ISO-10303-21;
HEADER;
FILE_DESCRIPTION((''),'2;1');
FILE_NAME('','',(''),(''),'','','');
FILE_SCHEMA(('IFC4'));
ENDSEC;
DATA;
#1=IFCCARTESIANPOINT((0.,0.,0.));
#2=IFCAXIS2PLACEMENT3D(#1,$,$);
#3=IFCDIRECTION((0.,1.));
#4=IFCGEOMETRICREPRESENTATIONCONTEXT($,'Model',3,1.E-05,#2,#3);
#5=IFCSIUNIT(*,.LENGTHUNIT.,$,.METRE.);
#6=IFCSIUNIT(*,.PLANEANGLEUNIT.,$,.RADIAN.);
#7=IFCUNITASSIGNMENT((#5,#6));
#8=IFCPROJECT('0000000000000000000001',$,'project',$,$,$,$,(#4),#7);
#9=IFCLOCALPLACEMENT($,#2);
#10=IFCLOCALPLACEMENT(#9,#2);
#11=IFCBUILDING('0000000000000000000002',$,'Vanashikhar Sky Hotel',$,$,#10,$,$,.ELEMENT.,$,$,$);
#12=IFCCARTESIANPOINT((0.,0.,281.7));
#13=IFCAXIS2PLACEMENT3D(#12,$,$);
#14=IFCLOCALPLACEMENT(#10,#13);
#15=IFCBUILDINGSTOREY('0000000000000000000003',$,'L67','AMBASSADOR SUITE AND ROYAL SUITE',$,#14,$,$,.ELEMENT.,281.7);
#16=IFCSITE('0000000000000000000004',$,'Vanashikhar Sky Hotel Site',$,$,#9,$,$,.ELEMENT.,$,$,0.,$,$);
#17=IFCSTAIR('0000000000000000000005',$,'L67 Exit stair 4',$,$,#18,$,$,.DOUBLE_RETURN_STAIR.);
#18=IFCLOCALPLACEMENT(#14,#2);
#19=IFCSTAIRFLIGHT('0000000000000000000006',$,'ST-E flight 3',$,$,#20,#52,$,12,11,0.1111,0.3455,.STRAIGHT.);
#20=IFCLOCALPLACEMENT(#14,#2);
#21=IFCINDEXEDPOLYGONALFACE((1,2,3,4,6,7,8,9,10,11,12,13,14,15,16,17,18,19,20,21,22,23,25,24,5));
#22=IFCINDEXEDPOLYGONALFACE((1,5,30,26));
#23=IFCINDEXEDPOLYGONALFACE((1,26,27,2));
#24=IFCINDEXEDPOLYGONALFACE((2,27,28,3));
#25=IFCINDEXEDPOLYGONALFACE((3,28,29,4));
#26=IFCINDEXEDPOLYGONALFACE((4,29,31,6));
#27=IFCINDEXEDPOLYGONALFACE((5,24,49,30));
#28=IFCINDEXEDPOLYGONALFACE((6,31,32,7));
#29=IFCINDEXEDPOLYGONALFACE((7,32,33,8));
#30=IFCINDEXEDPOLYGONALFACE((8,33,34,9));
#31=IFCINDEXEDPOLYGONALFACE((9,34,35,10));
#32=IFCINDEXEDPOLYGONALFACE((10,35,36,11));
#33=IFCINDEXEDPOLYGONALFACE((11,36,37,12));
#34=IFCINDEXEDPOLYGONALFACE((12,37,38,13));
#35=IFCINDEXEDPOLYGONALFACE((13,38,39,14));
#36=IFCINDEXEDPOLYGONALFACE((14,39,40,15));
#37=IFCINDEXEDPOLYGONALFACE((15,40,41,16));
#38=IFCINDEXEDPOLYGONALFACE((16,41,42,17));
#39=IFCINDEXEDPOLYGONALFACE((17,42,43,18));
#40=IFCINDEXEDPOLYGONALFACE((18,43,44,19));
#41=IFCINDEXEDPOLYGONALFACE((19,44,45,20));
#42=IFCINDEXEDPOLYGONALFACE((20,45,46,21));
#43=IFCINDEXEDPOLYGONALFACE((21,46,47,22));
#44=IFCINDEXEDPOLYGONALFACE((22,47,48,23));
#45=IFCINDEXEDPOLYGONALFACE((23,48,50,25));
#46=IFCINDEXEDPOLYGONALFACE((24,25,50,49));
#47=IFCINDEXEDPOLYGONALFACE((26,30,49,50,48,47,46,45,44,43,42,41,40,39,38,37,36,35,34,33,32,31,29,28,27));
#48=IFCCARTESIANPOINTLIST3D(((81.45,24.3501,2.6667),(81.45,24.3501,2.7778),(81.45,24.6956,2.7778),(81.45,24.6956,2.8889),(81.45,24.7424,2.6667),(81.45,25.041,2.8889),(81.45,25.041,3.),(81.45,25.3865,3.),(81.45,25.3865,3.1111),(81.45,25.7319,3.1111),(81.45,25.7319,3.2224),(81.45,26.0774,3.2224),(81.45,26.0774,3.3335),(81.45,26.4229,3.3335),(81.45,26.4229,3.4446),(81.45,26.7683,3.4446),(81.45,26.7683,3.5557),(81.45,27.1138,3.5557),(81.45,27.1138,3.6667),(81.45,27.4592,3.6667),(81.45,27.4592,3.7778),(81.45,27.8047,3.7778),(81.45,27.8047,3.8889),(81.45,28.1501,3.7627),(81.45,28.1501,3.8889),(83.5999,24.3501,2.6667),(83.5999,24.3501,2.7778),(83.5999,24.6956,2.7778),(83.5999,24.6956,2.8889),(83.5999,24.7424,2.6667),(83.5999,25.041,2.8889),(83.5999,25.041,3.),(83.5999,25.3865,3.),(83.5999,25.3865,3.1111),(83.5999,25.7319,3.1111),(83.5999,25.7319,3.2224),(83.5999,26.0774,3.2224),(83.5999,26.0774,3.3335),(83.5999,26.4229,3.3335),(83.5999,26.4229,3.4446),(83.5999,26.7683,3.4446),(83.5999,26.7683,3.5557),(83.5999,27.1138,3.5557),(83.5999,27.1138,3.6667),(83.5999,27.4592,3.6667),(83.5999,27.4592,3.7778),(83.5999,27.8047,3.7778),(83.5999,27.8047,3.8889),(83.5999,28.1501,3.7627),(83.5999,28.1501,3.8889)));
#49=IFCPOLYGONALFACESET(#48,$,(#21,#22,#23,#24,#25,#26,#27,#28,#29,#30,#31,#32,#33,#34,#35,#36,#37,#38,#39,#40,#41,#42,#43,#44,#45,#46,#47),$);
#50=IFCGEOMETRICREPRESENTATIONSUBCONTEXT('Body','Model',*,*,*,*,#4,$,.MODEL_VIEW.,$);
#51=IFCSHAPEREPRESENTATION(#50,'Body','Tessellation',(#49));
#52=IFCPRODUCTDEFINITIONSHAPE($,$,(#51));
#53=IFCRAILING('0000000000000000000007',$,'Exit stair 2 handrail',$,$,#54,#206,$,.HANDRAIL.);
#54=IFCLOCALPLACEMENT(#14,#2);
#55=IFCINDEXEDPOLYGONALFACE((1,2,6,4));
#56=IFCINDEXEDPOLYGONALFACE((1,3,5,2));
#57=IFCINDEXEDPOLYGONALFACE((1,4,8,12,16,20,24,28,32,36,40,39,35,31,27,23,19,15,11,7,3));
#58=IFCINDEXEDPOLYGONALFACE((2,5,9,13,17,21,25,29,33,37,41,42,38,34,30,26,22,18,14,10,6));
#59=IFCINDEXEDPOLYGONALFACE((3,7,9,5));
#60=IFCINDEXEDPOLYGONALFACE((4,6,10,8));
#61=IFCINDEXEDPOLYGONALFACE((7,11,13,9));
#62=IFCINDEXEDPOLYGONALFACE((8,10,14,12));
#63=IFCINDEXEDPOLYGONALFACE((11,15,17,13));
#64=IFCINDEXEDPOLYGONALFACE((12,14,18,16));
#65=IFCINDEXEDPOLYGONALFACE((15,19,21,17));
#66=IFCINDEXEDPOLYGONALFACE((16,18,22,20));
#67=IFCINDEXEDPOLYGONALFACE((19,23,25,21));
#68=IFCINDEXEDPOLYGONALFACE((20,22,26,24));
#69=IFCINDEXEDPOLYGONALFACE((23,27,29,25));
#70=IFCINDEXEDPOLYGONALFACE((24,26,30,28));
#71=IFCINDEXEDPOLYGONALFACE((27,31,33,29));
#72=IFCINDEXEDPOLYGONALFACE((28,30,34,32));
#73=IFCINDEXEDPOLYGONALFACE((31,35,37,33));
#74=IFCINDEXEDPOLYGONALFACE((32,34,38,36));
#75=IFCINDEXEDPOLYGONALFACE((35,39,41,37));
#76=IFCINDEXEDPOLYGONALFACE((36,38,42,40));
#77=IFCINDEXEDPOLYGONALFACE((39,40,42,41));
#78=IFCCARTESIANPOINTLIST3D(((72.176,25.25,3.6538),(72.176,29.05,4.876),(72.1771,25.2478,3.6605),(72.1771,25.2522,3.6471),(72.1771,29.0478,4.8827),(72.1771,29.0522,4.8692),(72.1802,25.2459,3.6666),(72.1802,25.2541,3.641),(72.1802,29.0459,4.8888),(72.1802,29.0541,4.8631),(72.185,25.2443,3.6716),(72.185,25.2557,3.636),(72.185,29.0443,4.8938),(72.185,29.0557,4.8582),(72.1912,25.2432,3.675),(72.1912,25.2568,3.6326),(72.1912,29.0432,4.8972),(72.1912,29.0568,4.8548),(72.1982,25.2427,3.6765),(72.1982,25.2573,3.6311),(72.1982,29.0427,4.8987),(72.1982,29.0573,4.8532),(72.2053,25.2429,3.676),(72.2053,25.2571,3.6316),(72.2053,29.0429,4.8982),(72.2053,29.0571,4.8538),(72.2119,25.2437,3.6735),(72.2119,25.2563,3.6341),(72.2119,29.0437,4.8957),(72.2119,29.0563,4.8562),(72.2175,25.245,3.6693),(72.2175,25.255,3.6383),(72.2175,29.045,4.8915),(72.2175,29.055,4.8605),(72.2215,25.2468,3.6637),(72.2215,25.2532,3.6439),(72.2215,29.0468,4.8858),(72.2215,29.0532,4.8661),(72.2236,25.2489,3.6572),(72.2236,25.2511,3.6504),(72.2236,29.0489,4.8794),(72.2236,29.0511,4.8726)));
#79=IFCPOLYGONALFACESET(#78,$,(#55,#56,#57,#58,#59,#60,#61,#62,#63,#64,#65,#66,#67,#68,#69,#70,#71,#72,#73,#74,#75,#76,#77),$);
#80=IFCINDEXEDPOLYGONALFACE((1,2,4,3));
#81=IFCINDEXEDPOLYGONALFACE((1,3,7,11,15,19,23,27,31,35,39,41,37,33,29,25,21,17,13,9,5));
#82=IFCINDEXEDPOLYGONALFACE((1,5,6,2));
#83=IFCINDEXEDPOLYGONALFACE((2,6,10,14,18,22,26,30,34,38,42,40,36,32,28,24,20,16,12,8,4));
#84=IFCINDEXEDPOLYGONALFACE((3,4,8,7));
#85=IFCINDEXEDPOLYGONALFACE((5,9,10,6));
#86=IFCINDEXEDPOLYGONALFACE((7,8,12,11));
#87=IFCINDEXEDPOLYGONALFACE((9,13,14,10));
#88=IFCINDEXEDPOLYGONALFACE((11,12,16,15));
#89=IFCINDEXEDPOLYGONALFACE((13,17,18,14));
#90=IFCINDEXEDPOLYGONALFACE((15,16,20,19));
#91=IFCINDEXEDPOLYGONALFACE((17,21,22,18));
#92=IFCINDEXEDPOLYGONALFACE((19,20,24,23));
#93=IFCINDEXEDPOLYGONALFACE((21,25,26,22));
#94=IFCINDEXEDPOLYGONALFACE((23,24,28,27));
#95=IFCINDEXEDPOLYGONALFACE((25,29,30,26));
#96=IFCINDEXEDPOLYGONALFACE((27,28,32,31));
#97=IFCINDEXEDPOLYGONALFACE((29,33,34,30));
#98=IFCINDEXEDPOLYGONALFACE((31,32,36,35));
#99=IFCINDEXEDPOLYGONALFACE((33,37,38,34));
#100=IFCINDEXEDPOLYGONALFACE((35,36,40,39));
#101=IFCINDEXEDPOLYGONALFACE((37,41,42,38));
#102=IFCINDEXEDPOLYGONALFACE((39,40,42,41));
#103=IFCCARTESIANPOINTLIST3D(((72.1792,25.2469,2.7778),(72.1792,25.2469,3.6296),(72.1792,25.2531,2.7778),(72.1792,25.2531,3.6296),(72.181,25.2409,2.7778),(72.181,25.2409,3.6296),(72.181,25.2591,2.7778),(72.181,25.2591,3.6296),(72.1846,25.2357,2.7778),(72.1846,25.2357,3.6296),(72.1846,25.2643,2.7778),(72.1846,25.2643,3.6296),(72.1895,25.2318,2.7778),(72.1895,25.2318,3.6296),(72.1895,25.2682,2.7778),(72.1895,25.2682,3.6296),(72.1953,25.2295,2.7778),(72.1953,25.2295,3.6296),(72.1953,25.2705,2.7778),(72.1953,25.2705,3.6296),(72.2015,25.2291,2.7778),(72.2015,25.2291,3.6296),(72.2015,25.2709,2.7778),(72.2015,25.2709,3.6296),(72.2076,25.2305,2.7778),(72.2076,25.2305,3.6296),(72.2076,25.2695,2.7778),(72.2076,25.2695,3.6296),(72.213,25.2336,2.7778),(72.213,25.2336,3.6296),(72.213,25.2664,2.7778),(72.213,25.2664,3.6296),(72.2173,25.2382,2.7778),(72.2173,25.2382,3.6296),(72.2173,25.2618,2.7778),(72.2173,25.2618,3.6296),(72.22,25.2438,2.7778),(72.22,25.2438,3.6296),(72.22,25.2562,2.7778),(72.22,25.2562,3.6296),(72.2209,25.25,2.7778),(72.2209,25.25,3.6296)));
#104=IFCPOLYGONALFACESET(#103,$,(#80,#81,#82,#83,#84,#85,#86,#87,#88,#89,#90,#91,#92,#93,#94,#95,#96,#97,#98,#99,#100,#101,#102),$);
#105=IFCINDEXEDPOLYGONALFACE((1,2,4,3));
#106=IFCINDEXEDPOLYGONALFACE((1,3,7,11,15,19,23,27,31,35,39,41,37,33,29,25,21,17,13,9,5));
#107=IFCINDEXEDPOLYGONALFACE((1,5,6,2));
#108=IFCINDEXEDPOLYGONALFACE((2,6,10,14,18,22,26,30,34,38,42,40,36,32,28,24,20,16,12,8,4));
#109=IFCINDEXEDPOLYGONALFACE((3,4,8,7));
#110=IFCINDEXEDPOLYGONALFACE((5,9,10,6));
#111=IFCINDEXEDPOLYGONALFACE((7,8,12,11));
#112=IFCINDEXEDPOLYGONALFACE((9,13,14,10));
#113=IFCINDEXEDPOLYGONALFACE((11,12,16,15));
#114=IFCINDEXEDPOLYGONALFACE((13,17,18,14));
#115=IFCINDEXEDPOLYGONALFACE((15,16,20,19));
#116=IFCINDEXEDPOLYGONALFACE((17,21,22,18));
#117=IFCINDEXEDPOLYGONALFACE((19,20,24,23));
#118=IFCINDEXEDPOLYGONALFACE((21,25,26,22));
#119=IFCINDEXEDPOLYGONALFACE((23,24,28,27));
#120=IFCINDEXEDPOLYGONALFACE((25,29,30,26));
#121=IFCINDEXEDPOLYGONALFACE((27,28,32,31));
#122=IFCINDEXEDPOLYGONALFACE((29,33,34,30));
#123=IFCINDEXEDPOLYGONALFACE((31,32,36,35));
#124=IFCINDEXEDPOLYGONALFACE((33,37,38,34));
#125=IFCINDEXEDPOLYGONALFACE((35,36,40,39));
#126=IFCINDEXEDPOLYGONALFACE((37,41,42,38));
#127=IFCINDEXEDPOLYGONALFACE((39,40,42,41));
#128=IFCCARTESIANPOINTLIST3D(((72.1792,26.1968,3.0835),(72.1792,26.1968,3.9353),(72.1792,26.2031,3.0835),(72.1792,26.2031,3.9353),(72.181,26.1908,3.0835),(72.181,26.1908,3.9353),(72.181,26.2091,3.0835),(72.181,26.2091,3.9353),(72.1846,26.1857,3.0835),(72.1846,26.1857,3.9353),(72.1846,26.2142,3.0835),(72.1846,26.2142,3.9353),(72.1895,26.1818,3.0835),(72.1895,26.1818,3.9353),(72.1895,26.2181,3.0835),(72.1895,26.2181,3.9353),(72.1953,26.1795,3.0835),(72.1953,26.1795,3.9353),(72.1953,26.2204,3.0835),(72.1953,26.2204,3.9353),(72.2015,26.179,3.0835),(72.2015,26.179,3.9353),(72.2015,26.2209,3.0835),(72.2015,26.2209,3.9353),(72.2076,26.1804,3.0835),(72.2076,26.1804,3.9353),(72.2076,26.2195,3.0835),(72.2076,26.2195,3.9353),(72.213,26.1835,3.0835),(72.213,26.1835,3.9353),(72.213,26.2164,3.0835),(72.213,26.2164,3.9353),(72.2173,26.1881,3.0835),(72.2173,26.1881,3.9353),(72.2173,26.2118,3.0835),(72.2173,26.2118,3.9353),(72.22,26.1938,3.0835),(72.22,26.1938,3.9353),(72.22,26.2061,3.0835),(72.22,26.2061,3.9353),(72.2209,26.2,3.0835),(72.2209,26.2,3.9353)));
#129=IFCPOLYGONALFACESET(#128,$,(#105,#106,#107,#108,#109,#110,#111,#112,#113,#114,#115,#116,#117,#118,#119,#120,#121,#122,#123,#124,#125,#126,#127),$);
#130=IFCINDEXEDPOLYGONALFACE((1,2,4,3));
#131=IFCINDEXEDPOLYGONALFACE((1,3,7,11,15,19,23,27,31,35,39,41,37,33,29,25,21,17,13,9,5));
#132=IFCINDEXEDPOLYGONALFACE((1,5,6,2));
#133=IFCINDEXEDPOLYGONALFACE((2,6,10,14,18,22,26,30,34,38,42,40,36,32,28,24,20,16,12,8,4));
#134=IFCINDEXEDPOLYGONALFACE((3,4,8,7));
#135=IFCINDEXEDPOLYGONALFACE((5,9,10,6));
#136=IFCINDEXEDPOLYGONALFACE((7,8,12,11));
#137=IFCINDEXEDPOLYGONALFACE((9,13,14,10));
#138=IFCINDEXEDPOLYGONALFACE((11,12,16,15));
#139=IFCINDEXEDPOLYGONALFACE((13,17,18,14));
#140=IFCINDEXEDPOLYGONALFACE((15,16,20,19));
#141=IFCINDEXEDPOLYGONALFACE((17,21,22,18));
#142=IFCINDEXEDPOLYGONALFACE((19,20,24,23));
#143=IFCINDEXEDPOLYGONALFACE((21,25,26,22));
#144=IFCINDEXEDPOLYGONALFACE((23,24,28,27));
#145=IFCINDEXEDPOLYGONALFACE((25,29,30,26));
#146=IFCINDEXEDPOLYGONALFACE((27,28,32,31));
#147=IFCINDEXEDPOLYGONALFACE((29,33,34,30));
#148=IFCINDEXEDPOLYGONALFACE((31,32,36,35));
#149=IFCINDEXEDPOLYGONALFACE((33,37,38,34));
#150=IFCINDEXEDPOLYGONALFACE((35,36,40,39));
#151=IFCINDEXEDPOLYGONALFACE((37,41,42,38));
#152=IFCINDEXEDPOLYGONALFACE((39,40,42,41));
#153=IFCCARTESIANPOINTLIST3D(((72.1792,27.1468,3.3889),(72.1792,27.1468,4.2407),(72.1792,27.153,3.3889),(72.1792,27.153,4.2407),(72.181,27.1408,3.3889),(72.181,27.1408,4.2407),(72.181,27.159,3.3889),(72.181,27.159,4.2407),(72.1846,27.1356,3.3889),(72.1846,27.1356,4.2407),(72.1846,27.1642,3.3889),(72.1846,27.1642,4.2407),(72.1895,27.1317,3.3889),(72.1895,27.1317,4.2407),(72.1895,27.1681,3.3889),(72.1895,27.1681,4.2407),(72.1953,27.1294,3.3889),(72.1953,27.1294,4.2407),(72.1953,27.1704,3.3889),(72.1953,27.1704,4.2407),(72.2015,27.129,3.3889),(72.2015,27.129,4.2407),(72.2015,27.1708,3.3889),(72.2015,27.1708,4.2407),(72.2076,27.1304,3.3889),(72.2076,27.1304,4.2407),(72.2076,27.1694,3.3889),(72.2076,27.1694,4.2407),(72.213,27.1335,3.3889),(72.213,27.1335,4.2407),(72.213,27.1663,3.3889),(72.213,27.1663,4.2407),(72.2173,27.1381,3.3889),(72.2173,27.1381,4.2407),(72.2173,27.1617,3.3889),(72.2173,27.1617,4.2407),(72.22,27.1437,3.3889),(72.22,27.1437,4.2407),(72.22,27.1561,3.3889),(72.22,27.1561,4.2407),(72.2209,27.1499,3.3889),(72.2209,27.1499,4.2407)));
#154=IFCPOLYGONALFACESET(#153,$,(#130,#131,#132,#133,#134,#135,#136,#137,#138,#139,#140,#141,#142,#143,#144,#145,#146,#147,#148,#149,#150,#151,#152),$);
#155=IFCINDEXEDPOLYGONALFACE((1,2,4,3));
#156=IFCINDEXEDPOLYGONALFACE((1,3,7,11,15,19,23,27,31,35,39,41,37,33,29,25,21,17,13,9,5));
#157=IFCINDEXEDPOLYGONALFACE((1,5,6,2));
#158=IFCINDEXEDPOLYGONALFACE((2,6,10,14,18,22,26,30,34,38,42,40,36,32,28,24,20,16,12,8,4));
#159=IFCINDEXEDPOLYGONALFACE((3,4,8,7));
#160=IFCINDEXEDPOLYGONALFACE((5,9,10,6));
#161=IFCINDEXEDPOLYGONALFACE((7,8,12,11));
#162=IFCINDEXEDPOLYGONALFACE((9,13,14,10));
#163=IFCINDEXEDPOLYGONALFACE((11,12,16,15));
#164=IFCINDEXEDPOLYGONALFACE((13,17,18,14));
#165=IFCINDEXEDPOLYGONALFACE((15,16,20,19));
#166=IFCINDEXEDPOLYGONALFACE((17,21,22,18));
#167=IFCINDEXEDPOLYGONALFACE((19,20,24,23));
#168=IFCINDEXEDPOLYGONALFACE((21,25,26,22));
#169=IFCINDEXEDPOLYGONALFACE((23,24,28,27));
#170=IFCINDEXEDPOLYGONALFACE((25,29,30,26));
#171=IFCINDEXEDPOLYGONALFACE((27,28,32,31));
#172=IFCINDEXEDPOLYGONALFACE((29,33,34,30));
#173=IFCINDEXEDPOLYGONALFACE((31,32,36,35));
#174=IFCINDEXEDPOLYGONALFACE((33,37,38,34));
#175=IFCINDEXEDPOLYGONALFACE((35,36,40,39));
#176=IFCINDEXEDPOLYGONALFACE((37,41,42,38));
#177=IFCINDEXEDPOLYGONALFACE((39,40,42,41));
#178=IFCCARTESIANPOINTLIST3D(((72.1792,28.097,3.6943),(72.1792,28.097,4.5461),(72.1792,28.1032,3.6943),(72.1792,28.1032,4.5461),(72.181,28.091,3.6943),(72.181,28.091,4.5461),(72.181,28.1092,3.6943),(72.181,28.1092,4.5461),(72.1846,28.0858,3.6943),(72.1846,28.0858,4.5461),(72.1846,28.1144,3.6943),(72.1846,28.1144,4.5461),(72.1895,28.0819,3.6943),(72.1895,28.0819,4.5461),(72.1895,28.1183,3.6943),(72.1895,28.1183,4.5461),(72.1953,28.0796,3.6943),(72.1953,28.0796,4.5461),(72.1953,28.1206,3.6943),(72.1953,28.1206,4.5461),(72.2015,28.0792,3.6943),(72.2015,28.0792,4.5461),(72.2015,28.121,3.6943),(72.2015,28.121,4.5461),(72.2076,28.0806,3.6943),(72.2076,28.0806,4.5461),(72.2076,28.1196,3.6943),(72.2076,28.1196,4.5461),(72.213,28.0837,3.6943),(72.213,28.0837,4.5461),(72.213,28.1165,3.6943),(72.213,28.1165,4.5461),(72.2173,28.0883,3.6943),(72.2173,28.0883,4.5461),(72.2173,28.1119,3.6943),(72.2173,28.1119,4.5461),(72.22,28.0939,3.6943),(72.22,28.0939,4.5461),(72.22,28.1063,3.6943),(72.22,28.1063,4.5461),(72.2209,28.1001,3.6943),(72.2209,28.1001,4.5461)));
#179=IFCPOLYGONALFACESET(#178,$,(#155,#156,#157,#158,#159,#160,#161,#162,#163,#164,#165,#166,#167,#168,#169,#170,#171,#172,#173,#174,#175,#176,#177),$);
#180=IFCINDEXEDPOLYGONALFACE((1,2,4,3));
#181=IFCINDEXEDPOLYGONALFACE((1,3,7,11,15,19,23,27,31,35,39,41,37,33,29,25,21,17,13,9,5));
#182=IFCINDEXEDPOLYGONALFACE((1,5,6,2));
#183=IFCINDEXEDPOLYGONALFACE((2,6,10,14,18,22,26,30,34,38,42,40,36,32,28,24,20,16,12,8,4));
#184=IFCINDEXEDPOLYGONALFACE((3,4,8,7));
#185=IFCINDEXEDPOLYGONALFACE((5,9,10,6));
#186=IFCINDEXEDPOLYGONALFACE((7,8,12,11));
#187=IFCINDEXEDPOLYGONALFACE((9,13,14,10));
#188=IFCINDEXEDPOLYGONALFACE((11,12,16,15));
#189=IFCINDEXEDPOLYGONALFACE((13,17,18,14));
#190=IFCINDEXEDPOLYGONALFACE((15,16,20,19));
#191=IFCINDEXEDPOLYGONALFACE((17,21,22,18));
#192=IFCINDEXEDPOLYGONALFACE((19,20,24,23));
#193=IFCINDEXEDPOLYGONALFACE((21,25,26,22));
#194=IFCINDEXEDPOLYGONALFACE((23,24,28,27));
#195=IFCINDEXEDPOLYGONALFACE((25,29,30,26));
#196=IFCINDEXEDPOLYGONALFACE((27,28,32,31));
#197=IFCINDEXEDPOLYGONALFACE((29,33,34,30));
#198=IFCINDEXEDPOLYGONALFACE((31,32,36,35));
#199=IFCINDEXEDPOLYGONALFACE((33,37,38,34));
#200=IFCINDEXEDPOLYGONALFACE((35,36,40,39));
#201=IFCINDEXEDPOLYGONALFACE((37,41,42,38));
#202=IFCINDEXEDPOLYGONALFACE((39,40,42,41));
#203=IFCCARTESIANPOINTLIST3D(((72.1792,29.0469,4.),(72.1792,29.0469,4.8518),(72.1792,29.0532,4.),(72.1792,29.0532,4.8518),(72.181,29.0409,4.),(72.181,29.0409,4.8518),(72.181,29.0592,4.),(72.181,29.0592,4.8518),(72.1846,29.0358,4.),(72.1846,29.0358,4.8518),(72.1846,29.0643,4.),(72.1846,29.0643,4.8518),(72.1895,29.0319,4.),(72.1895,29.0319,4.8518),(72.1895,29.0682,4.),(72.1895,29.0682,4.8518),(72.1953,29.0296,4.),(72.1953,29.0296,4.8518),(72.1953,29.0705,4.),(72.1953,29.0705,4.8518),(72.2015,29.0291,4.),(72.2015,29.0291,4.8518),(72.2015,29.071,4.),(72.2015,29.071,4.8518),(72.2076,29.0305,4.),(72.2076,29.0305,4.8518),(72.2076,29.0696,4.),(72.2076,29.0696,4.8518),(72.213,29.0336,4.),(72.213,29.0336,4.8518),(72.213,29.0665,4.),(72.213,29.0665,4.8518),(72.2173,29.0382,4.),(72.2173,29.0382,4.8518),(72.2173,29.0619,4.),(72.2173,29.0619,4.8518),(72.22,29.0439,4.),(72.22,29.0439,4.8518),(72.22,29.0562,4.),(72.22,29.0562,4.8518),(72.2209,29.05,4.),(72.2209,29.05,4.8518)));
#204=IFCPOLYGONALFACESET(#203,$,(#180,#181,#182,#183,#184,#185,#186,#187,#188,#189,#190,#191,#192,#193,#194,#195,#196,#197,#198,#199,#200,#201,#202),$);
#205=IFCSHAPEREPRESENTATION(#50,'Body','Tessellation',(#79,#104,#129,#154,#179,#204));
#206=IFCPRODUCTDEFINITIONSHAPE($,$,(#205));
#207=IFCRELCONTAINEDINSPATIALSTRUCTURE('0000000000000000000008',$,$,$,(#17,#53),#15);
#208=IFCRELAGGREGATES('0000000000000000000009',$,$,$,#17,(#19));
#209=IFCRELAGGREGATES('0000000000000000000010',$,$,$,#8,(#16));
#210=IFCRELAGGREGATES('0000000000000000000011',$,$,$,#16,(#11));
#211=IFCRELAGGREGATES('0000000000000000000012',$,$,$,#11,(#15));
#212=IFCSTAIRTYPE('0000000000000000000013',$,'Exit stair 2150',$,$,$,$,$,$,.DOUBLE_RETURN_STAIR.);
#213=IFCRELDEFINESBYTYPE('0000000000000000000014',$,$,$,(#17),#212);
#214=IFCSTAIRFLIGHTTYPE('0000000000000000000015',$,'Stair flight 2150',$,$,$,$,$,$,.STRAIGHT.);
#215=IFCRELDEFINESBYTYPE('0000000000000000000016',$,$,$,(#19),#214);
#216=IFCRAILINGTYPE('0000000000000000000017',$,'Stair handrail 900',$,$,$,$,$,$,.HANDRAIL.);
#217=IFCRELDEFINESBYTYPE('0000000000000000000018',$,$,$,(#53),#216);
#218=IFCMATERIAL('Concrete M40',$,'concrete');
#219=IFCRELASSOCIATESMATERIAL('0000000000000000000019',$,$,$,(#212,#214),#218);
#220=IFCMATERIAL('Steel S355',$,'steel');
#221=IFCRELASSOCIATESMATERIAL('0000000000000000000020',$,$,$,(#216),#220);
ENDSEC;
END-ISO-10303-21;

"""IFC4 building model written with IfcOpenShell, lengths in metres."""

from ifc_helpers import new_model, si_unit, direction, frame, origin, origin_2d, place, context, subcontext, project, spatial, polyline, circle, outline, extrude, source, transform, mapped, material, type_object, element, aggregate, save


model = new_model("IFC4")

# Units and contexts
model_context = context("Model", 3, precision=1e-05, world=origin(), true_north=direction((0.0, 1.0)))
body_context = subcontext(model_context, "Body", "Model", "MODEL_VIEW")
ifc_project = project(units=[si_unit("LENGTHUNIT", "METRE"), si_unit("PLANEANGLEUNIT", "RADIAN")], contexts=[model_context])

# Site, building, storey
site_placement = place(None, origin())
site = spatial("IfcSite", under=ifc_project, at=site_placement, Name="Vanashikhar Sky Hotel Site", CompositionType="ELEMENT", RefElevation=0.0)
building_placement = place(site_placement, origin())
building = spatial("IfcBuilding", under=site, at=building_placement, Name="Vanashikhar Sky Hotel", CompositionType="ELEMENT")
storey_placement = place(building_placement, frame((0.0, 0.0, 281.7)))
storey = spatial("IfcBuildingStorey", under=building, at=storey_placement, Name="L67", Description="AMBASSADOR SUITE AND ROYAL SUITE", CompositionType="ELEMENT", Elevation=281.7)

# Stair, stair flight
ifc_material_1 = material(Name="Concrete M40", Category="concrete")
stair_type = type_object("IfcStairType", Name="Exit stair 2150", PredefinedType="DOUBLE_RETURN_STAIR", material=ifc_material_1)
stair_placement = place(storey_placement, origin())
stair = element("IfcStair", 1, at=stair_placement, inside=storey, type_object=stair_type, Name="L67 Exit stair 4", PredefinedType="DOUBLE_RETURN_STAIR")
stair_flight_type = type_object("IfcStairFlightType", Name="Stair flight 2150", PredefinedType="STRAIGHT", material=ifc_material_1)
shared_shape_1 = source(origin(), body_context, "Body", "SweptSolid", [
    extrude(outline(polyline([(0.0, 0.0), (0.0, 0.1111), (0.3455, 0.1111), (0.3455, 0.2222), (0.6909, 0.2222), (0.6909, 0.3333), (1.0364, 0.3333), (1.0364, 0.4443), (1.3818, 0.4443), (1.3818, 0.5557), (1.7273, 0.5557), (1.7273, 0.6667), (2.0728, 0.6667), (2.0728, 0.7778), (2.4182, 0.7778), (2.4182, 0.8889), (2.7637, 0.8889), (2.7637, 1.0), (3.1091, 1.0), (3.1091, 1.1111), (3.4546, 1.1111), (3.4546, 1.2222), (3.8, 1.2222), (3.8, 1.3333), (3.8, 1.0959), (0.3923, 0.0), (0.0, 0.0)])), frame((0.0, 1.075, 0.0), z_axis=(0.0, -1.0, 0.0), x_axis=(1.0, 0.0, 0.0)), (0.0, 0.0, 1.0), 2.1499),
])
stair_flight_1_placement = place(storey_placement, frame((82.5249, 24.3501, 2.6667), z_axis=(0.0, 0.0, 1.0), x_axis=(0.0, 1.0, 0.0)))
stair_flight_1 = element("IfcStairFlight", 2, at=stair_flight_1_placement, type_object=stair_flight_type, Name="ST-E flight 3", NumberOfRisers=12, NumberOfTreads=11, PredefinedType="STRAIGHT", RiserHeight=0.1111, TreadLength=0.3455, context=body_context, shape_type="MappedRepresentation", body=[
    mapped(shared_shape_1, transform((0.0, 0.0, 0.0), scale=1.0)),
])
aggregate(stair, [stair_flight_1])

# Railing
ifc_material_2 = material(Name="Steel S355", Category="steel")
railing_type_1 = type_object("IfcRailingType", Name="Stair handrail 900", PredefinedType="HANDRAIL", material=ifc_material_2)
shared_shape_2 = source(origin(), body_context, "Body", "SweptSolid", [
    extrude(circle(Radius=0.0239, at=origin_2d()), frame((0.0, 0.0, 0.876), z_axis=(0.0, 0.951976, 0.306173), x_axis=(-1.0, 0.0, 0.0)), (0.0, 0.0, 1.0), 3.9917),
    extrude(circle(Radius=0.021, at=origin_2d()), origin(), (0.0, 0.0, 1.0), 0.8518),
    extrude(circle(Radius=0.021, at=origin_2d()), frame((0.0, 0.95, 0.3057)), (0.0, 0.0, 1.0), 0.8518),
    extrude(circle(Radius=0.021, at=origin_2d()), frame((0.0, 1.8999, 0.6111)), (0.0, 0.0, 1.0), 0.8518),
    extrude(circle(Radius=0.021, at=origin_2d()), frame((0.0, 2.8501, 0.9165)), (0.0, 0.0, 1.0), 0.8518),
    extrude(circle(Radius=0.021, at=origin_2d()), frame((0.0, 3.8, 1.2222)), (0.0, 0.0, 1.0), 0.8518),
])
railing_1_placement = place(storey_placement, frame((72.2, 25.25, 2.7778)))
element("IfcRailing", 3, at=railing_1_placement, inside=storey, type_object=railing_type_1, Name="Exit stair 2 handrail", PredefinedType="HANDRAIL", context=body_context, shape_type="MappedRepresentation", body=[
    mapped(shared_shape_2, transform((0.0, 0.0, 0.0), scale=1.0)),
])

save(model, "model.ifc")
